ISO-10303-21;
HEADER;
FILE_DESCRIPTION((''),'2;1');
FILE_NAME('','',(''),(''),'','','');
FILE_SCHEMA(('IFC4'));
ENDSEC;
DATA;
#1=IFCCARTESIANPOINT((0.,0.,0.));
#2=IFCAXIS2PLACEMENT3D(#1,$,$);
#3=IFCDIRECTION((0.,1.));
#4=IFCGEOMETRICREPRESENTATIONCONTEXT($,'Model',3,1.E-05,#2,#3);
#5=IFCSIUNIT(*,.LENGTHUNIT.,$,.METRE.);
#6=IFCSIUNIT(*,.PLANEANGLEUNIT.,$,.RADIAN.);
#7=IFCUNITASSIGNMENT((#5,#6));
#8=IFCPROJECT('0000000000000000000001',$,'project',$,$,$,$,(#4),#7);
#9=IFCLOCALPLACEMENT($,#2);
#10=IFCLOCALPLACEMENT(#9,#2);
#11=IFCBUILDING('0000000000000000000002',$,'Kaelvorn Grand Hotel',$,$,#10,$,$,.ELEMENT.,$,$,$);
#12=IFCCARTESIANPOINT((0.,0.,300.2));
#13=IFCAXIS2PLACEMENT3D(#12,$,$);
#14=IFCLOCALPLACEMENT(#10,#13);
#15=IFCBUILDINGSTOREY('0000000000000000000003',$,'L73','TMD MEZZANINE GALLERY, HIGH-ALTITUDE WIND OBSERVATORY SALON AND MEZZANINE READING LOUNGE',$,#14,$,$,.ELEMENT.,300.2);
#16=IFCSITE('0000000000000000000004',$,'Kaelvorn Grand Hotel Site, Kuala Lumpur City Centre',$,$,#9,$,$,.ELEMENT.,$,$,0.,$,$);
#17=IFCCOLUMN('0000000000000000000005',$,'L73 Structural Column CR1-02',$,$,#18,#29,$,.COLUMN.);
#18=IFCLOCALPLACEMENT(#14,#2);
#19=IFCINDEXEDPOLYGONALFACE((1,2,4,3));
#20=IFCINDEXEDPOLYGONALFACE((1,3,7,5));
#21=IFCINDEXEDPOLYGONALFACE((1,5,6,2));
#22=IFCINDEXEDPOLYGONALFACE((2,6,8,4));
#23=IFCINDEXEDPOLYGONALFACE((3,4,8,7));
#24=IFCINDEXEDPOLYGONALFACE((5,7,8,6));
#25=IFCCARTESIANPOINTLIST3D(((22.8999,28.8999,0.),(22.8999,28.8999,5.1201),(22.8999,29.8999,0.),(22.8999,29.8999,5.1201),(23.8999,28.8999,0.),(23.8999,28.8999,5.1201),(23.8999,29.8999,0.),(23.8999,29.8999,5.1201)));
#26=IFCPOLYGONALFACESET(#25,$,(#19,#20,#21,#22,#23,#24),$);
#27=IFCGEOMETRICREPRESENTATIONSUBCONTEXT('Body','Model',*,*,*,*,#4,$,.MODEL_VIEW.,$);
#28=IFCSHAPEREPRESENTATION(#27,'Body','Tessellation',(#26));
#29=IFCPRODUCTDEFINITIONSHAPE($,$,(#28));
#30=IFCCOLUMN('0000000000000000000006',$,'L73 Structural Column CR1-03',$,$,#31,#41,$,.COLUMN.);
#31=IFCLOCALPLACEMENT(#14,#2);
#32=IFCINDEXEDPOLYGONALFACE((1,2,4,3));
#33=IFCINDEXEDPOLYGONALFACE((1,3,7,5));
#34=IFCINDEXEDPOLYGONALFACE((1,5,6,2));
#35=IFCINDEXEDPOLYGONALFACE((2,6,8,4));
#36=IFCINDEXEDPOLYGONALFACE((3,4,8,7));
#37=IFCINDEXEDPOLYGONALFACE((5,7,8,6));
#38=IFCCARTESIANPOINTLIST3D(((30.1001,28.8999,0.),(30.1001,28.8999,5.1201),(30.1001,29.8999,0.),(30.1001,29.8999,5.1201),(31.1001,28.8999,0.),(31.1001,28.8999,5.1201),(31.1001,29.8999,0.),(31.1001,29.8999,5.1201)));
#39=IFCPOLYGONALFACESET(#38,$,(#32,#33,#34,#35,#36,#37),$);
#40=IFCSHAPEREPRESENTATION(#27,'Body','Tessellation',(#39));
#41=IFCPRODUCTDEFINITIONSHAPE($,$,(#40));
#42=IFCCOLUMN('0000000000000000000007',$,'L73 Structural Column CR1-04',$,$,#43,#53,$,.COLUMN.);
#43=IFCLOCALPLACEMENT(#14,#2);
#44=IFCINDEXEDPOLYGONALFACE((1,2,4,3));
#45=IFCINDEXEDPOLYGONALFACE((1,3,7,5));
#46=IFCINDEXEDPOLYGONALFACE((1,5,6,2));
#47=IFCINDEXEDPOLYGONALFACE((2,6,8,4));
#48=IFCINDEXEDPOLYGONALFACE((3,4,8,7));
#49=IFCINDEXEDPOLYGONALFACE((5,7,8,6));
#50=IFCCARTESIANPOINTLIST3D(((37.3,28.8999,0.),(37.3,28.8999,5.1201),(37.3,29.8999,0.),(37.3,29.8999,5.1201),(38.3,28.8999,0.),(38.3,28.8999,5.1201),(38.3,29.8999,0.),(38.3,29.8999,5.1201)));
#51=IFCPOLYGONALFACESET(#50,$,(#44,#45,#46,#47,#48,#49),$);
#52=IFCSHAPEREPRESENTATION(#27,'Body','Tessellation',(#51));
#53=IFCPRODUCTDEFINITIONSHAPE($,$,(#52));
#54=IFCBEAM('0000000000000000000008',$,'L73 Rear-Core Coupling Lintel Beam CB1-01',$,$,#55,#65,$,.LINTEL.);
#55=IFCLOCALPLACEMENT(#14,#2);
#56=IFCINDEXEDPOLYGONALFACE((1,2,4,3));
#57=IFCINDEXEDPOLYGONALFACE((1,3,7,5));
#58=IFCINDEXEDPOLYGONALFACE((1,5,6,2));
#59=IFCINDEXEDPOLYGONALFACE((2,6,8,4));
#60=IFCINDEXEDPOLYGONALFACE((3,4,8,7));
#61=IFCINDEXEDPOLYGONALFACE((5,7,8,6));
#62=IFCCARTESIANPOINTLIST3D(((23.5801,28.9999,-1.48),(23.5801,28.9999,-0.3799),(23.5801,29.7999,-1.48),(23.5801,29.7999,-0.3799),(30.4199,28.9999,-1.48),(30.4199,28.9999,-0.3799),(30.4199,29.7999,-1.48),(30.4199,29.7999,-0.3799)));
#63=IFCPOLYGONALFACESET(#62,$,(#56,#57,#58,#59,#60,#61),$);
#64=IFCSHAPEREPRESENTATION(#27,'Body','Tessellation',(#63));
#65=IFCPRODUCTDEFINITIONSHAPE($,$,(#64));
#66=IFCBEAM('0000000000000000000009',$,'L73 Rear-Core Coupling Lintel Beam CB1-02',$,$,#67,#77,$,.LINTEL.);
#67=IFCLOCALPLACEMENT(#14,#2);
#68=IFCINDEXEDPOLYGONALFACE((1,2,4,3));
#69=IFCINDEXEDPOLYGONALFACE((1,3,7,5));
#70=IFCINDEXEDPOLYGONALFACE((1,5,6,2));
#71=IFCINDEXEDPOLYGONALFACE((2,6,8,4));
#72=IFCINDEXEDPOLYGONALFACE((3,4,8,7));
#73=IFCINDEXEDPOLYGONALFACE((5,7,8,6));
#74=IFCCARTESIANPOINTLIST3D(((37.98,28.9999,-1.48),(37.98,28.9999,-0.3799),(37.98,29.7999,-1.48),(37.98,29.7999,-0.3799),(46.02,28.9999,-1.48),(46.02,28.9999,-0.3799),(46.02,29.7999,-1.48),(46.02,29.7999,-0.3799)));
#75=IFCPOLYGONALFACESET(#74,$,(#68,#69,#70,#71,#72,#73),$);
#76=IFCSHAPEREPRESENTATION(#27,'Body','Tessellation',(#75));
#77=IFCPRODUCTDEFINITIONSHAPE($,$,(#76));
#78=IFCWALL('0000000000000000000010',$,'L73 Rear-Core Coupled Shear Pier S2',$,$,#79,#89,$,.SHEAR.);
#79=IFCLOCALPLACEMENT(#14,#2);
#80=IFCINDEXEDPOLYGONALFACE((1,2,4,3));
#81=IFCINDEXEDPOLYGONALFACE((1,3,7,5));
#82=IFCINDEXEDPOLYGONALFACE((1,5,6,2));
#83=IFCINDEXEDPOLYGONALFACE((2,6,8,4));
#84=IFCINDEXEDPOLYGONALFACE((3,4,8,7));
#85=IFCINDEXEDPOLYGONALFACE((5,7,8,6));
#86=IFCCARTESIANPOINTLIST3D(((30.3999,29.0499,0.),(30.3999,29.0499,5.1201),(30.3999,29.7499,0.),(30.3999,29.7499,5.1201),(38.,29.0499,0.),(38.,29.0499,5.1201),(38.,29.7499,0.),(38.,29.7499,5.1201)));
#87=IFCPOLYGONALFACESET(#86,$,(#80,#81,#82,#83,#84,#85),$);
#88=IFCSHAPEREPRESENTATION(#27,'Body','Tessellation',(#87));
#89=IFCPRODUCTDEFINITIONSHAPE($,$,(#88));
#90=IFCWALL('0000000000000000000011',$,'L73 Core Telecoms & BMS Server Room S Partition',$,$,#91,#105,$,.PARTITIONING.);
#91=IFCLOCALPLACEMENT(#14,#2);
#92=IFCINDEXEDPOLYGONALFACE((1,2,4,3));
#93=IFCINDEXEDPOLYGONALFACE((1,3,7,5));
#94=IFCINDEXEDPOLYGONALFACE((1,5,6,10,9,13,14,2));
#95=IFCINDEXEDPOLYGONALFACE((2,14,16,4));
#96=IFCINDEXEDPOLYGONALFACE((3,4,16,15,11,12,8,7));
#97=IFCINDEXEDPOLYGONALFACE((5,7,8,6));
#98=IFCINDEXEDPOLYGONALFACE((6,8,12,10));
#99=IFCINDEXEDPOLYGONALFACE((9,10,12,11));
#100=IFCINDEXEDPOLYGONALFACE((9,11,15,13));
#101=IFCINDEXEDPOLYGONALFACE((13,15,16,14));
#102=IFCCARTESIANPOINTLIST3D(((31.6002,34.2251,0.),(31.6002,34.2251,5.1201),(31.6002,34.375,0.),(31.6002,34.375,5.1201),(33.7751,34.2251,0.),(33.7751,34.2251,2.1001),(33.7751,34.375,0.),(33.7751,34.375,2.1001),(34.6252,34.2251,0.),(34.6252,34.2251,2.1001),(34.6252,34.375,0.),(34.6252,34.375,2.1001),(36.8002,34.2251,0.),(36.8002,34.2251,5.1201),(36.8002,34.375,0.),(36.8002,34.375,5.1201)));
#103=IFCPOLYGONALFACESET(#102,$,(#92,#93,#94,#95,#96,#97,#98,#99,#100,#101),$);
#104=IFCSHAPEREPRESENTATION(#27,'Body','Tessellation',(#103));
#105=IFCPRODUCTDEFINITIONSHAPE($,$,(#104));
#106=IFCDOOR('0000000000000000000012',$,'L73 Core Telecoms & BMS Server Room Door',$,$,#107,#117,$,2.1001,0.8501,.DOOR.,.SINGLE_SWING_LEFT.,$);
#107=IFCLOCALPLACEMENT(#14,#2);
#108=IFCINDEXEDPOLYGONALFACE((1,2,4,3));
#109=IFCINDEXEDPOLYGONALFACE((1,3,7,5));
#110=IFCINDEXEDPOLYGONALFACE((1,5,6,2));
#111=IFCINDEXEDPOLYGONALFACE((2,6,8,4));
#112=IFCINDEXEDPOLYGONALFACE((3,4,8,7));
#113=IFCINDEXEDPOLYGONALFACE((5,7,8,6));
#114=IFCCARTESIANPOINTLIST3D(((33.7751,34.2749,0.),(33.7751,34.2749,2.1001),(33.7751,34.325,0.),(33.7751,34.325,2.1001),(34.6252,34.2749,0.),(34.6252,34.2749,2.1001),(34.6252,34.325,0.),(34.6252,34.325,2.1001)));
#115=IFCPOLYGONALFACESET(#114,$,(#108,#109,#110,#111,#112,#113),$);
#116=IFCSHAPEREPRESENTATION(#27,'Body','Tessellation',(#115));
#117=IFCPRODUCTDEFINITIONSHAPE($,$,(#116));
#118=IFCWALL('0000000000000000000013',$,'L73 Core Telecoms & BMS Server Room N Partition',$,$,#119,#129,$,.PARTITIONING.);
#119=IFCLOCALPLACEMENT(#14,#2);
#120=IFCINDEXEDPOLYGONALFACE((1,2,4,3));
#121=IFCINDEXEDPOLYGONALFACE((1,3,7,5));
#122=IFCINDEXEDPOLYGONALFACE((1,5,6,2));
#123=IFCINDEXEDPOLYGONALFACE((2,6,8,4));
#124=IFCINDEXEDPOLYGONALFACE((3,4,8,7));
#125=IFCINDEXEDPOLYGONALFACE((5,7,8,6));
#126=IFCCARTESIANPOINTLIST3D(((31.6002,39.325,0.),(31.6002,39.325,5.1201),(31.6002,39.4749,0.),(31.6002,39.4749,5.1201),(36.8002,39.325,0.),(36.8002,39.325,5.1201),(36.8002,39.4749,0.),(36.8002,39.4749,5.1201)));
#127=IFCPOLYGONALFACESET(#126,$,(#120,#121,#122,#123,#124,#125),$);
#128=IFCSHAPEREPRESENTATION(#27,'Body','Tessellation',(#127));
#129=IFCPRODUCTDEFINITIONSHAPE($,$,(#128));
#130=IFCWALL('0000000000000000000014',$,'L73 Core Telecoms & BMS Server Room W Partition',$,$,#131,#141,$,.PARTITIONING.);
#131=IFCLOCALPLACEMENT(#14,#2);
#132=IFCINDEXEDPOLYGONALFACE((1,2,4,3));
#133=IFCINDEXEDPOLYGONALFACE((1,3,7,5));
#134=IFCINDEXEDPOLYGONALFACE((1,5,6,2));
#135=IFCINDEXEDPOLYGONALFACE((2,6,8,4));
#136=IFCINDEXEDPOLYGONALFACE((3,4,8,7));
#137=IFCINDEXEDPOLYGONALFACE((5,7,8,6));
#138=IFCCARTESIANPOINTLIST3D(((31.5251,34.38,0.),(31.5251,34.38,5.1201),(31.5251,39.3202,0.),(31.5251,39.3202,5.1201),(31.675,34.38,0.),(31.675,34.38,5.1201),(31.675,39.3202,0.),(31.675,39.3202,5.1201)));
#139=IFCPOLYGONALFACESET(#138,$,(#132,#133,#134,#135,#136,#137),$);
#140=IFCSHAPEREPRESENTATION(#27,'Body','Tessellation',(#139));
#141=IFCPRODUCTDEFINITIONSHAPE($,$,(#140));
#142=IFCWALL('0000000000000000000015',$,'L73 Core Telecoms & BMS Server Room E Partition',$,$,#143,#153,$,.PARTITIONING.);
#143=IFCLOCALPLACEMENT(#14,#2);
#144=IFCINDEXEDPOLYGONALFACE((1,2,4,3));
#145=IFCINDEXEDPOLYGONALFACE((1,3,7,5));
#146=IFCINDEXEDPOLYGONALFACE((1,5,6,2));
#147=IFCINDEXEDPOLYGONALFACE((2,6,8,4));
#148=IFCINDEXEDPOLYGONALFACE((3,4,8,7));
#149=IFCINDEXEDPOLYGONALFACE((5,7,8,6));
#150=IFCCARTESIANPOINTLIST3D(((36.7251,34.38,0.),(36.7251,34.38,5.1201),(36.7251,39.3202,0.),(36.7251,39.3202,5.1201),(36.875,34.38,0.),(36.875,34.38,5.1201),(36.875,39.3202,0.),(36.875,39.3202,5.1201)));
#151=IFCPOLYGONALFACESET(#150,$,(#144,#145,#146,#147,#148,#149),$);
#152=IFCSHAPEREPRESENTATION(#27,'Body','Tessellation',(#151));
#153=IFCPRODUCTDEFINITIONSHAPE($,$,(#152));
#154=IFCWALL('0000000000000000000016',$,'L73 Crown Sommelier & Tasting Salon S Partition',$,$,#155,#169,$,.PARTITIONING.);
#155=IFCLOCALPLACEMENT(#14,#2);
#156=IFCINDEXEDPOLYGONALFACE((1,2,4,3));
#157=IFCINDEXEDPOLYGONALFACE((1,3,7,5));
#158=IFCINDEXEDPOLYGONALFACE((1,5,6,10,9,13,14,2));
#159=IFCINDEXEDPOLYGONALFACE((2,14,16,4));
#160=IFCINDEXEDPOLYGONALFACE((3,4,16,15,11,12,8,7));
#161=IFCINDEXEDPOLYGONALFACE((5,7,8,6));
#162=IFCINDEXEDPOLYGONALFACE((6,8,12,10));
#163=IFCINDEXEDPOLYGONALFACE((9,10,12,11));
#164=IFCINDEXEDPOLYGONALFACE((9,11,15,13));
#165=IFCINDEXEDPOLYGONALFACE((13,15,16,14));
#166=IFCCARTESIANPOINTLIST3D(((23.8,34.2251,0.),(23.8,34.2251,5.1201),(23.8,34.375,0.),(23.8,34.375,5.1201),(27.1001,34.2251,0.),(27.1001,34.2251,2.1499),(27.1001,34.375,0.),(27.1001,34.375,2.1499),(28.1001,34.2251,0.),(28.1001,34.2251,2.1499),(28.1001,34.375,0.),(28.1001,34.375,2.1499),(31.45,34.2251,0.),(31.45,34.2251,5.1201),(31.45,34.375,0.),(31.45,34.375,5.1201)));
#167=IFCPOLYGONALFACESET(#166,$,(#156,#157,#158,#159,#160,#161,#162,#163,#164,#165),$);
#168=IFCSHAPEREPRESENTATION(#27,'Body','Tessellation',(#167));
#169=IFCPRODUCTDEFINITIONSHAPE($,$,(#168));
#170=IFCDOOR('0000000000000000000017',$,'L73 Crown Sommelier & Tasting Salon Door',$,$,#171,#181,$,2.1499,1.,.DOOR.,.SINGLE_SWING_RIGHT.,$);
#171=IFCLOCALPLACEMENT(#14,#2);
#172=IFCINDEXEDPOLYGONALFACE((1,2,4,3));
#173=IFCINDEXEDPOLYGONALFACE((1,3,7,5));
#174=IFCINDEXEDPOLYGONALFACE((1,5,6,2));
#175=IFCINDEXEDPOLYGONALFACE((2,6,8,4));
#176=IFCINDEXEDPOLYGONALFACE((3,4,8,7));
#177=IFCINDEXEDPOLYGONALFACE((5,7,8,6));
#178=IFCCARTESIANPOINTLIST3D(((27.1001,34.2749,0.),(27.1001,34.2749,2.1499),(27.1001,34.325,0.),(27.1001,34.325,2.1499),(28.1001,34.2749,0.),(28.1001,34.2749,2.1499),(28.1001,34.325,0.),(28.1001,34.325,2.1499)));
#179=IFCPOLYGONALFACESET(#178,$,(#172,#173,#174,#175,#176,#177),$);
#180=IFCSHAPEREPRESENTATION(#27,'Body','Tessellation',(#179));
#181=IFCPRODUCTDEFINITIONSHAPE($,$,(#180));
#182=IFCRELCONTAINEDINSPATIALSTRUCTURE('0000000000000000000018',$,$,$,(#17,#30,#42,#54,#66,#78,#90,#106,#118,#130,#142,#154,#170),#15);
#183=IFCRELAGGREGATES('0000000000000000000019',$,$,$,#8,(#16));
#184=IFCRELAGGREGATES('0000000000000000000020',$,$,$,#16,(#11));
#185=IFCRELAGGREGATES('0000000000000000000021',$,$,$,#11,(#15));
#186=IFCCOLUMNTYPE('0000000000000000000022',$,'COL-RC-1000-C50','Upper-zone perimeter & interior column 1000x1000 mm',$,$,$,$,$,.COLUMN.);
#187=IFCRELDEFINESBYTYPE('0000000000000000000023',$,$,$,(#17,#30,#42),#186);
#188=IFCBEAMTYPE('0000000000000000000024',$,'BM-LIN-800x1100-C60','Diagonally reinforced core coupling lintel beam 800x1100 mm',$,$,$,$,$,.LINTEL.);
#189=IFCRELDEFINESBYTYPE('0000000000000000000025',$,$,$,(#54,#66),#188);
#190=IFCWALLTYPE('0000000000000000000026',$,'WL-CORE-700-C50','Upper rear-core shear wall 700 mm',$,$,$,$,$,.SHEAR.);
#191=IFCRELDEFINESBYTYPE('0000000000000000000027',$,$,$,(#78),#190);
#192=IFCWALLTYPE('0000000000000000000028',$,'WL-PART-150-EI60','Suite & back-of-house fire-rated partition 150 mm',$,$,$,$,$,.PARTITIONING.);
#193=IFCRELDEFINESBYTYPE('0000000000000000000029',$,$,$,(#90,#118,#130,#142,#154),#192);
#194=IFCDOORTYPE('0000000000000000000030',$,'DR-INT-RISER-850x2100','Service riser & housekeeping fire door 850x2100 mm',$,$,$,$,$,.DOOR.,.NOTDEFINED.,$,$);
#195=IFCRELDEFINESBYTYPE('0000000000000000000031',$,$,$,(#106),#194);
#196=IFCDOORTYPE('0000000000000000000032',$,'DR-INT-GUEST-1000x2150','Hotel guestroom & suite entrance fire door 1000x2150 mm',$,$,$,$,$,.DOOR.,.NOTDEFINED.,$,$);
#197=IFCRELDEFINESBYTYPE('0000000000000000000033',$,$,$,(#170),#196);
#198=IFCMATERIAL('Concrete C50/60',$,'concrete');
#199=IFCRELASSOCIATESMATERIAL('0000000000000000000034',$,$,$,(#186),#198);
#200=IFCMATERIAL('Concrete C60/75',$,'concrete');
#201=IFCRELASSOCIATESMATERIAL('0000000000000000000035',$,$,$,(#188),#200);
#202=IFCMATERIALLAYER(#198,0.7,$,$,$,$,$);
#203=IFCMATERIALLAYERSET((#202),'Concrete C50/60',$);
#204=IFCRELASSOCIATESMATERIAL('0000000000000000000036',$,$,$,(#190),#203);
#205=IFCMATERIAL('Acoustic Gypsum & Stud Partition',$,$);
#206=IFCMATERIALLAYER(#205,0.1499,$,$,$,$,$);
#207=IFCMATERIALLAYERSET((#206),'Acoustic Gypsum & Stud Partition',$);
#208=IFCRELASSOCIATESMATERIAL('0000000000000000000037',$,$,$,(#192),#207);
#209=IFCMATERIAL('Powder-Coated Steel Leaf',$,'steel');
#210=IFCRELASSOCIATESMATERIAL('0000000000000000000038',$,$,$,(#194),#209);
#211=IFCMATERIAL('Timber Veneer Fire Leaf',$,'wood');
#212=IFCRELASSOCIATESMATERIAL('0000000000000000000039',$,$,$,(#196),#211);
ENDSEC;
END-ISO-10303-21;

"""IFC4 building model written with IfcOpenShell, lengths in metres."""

from ifc_helpers import new_model, si_unit, direction, frame, frame_2d, origin, origin_2d, place, context, subcontext, project, spatial, rectangle, extrude, material, layer, layer_set, material_profile, profile_set, type_object, element, fill, save


model = new_model("IFC4")

# Units and contexts
model_context = context("Model", 3, precision=1e-05, world=origin(), true_north=direction((0.0, 1.0)))
body_context = subcontext(model_context, "Body", "Model", "MODEL_VIEW")
ifc_project = project(units=[si_unit("LENGTHUNIT", "METRE"), si_unit("PLANEANGLEUNIT", "RADIAN")], contexts=[model_context])

# Site, building, storey
site_placement = place(None, origin())
site = spatial("IfcSite", under=ifc_project, at=site_placement, Name="Kaelvorn Grand Hotel Site, Kuala Lumpur City Centre", CompositionType="ELEMENT", RefElevation=0.0)
building_placement = place(site_placement, origin())
building = spatial("IfcBuilding", under=site, at=building_placement, Name="Kaelvorn Grand Hotel", CompositionType="ELEMENT")
storey_placement = place(building_placement, frame((0.0, 0.0, 300.2)))
storey = spatial("IfcBuildingStorey", under=building, at=storey_placement, Name="L73", Description="TMD MEZZANINE GALLERY, HIGH-ALTITUDE WIND OBSERVATORY SALON AND MEZZANINE READING LOUNGE", CompositionType="ELEMENT", Elevation=300.2)

# Columns
ifc_material_1 = material(Name="Concrete C50/60", Category="concrete")
ifc_material_profile_1 = material_profile(ifc_material_1, rectangle(XDim=1.0, YDim=1.0, at=origin_2d()), Name="RC COL 1000x1000")
ifc_profile_set_1 = profile_set([ifc_material_profile_1], Name="Concrete C50/60")
column_type = type_object("IfcColumnType", Name="COL-RC-1000-C50", Description="Upper-zone perimeter & interior column 1000x1000 mm", PredefinedType="COLUMN", material=ifc_profile_set_1)
for number, where, z_axis, x_axis, name in (
    (1, (23.3999, 29.3999, 0.0), (0.0, 0.0, 1.0), (1.0, 0.0, 0.0), "L73 Structural Column CR1-02"),
    (2, (30.6001, 29.3999, 0.0), (0.0, 0.0, 1.0), (1.0, 0.0, 0.0), "L73 Structural Column CR1-03"),
    (3, (37.8, 29.3999, 0.0), (0.0, 0.0, 1.0), (1.0, 0.0, 0.0), "L73 Structural Column CR1-04"),
):
    element("IfcColumn", number, at=place(storey_placement, frame(where, z_axis=z_axis, x_axis=x_axis)), inside=storey, type_object=column_type, Name=name, PredefinedType="COLUMN", context=body_context, shape_type="SweptSolid", body=[
        extrude(rectangle(XDim=1.0, YDim=1.0, at=origin_2d()), origin(), (0.0, 0.0, 1.0), 5.1201),
    ])

# Beams
ifc_material_2 = material(Name="Concrete C60/75", Category="concrete")
ifc_material_profile_2 = material_profile(ifc_material_2, rectangle(XDim=0.8, YDim=1.1001, at=origin_2d()), Name="RC LINTEL 800x1100")
ifc_profile_set_2 = profile_set([ifc_material_profile_2], Name="Concrete C60/75")
beam_type = type_object("IfcBeamType", Name="BM-LIN-800x1100-C60", Description="Diagonally reinforced core coupling lintel beam 800x1100 mm", PredefinedType="LINTEL", material=ifc_profile_set_2)
beam_1_placement = place(storey_placement, frame((23.5801, 29.3999, -0.9299), z_axis=(1.0, 0.0, 0.0), x_axis=(0.0, 1.0, 0.0)))
element("IfcBeam", 4, at=beam_1_placement, inside=storey, type_object=beam_type, Name="L73 Rear-Core Coupling Lintel Beam CB1-01", PredefinedType="LINTEL", context=body_context, shape_type="SweptSolid", body=[
    extrude(rectangle(XDim=0.8, YDim=1.1001, at=origin_2d()), origin(), (0.0, 0.0, 1.0), 6.8398),
])
beam_2_placement = place(storey_placement, frame((37.98, 29.3999, -0.9299), z_axis=(1.0, 0.0, 0.0), x_axis=(0.0, 1.0, 0.0)))
element("IfcBeam", 5, at=beam_2_placement, inside=storey, type_object=beam_type, Name="L73 Rear-Core Coupling Lintel Beam CB1-02", PredefinedType="LINTEL", context=body_context, shape_type="SweptSolid", body=[
    extrude(rectangle(XDim=0.8, YDim=1.1001, at=origin_2d()), origin(), (0.0, 0.0, 1.0), 8.04),
])

# Wall
ifc_layer_1 = layer(ifc_material_1, 0.7)
ifc_layer_set_1 = layer_set([ifc_layer_1], Name="Concrete C50/60")
wall_type_1 = type_object("IfcWallType", Name="WL-CORE-700-C50", Description="Upper rear-core shear wall 700 mm", PredefinedType="SHEAR", material=ifc_layer_set_1)
wall_1_placement = place(storey_placement, frame((30.3999, 29.3999, 0.0), z_axis=(0.0, 0.0, 1.0), x_axis=(1.0, 0.0, 0.0)))
element("IfcWall", 6, at=wall_1_placement, inside=storey, type_object=wall_type_1, Name="L73 Rear-Core Coupled Shear Pier S2", PredefinedType="SHEAR", context=body_context, shape_type="SweptSolid", body=[
    extrude(rectangle(XDim=7.6001, YDim=0.7, at=frame_2d((3.8, 0.0))), origin(), (0.0, 0.0, 1.0), 5.1201),
])

# Wall, opening, door
ifc_material_3 = material(Name="Acoustic Gypsum & Stud Partition")
ifc_layer_2 = layer(ifc_material_3, 0.1499)
ifc_layer_set_2 = layer_set([ifc_layer_2], Name="Acoustic Gypsum & Stud Partition")
wall_type_2 = type_object("IfcWallType", Name="WL-PART-150-EI60", Description="Suite & back-of-house fire-rated partition 150 mm", PredefinedType="PARTITIONING", material=ifc_layer_set_2)
wall_2_placement = place(storey_placement, frame((31.6001, 34.3, 0.0), z_axis=(0.0, 0.0, 1.0), x_axis=(1.0, 0.0, 0.0)))
wall_2 = element("IfcWall", 7, at=wall_2_placement, inside=storey, type_object=wall_type_2, Name="L73 Core Telecoms & BMS Server Room S Partition", PredefinedType="PARTITIONING", context=body_context, shape_type="SweptSolid", body=[
    extrude(rectangle(XDim=5.2, YDim=0.1499, at=frame_2d((2.6001, 0.0))), origin(), (0.0, 0.0, 1.0), 5.1201),
])
opening_1_placement = place(wall_2_placement, frame((2.175, 0.0, 0.0)))
opening_1 = element("IfcOpeningElement", 8, at=opening_1_placement, cuts=wall_2, PredefinedType="OPENING", context=body_context, shape_type="SweptSolid", body=[
    extrude(rectangle(XDim=0.8501, YDim=2.1001, at=frame_2d((0.425, 1.05))), frame((0.0, 0.085, 0.0), z_axis=(0.0, -1.0, 0.0), x_axis=(1.0, 0.0, 0.0)), (0.0, 0.0, 1.0), 0.1699),
])
ifc_material_4 = material(Name="Powder-Coated Steel Leaf", Category="steel")
door_type_1 = type_object("IfcDoorType", Name="DR-INT-RISER-850x2100", Description="Service riser & housekeeping fire door 850x2100 mm", OperationType="NOTDEFINED", PredefinedType="DOOR", material=ifc_material_4)
door_1_placement = place(opening_1_placement, origin())
door_1 = element("IfcDoor", 9, at=door_1_placement, inside=storey, type_object=door_type_1, Name="L73 Core Telecoms & BMS Server Room Door", OperationType="SINGLE_SWING_LEFT", OverallHeight=2.1001, OverallWidth=0.8501, PredefinedType="DOOR", context=body_context, shape_type="SweptSolid", body=[
    extrude(rectangle(XDim=0.8501, YDim=2.1001, at=frame_2d((0.425, 1.05))), frame((0.0, 0.0249, 0.0), z_axis=(0.0, -1.0, 0.0), x_axis=(1.0, 0.0, 0.0)), (0.0, 0.0, 1.0), 0.05),
])
fill(opening_1, door_1)

# Walls
wall_3_placement = place(storey_placement, frame((31.6001, 39.3999, 0.0), z_axis=(0.0, 0.0, 1.0), x_axis=(1.0, 0.0, 0.0)))
element("IfcWall", 10, at=wall_3_placement, inside=storey, type_object=wall_type_2, Name="L73 Core Telecoms & BMS Server Room N Partition", PredefinedType="PARTITIONING", context=body_context, shape_type="SweptSolid", body=[
    extrude(rectangle(XDim=5.2, YDim=0.1499, at=frame_2d((2.6001, 0.0))), origin(), (0.0, 0.0, 1.0), 5.1201),
])
for number, where, z_axis, x_axis, name in (
    (11, (31.6001, 34.3799, 0.0), (0.0, 0.0, 1.0), (0.0, 1.0, 0.0), "L73 Core Telecoms & BMS Server Room W Partition"),
    (12, (36.8, 34.3799, 0.0), (0.0, 0.0, 1.0), (0.0, 1.0, 0.0), "L73 Core Telecoms & BMS Server Room E Partition"),
):
    element("IfcWall", number, at=place(storey_placement, frame(where, z_axis=z_axis, x_axis=x_axis)), inside=storey, type_object=wall_type_2, Name=name, PredefinedType="PARTITIONING", context=body_context, shape_type="SweptSolid", body=[
        extrude(rectangle(XDim=4.9402, YDim=0.1499, at=frame_2d((2.4702, 0.0))), origin(), (0.0, 0.0, 1.0), 5.1201),
    ])

# Wall, opening, door
wall_4_placement = place(storey_placement, frame((23.8, 34.3, 0.0), z_axis=(0.0, 0.0, 1.0), x_axis=(1.0, 0.0, 0.0)))
wall_4 = element("IfcWall", 13, at=wall_4_placement, inside=storey, type_object=wall_type_2, Name="L73 Crown Sommelier & Tasting Salon S Partition", PredefinedType="PARTITIONING", context=body_context, shape_type="SweptSolid", body=[
    extrude(rectangle(XDim=7.6499, YDim=0.1499, at=frame_2d((3.825, 0.0))), origin(), (0.0, 0.0, 1.0), 5.1201),
])
opening_2_placement = place(wall_4_placement, frame((3.3, 0.0, 0.0)))
opening_2 = element("IfcOpeningElement", 14, at=opening_2_placement, cuts=wall_4, PredefinedType="OPENING", context=body_context, shape_type="SweptSolid", body=[
    extrude(rectangle(XDim=1.0, YDim=2.1499, at=frame_2d((0.5, 1.075))), frame((0.0, 0.085, 0.0), z_axis=(0.0, -1.0, 0.0), x_axis=(1.0, 0.0, 0.0)), (0.0, 0.0, 1.0), 0.1699),
])
ifc_material_5 = material(Name="Timber Veneer Fire Leaf", Category="wood")
door_type_2 = type_object("IfcDoorType", Name="DR-INT-GUEST-1000x2150", Description="Hotel guestroom & suite entrance fire door 1000x2150 mm", OperationType="NOTDEFINED", PredefinedType="DOOR", material=ifc_material_5)
door_2_placement = place(opening_2_placement, origin())
door_2 = element("IfcDoor", 15, at=door_2_placement, inside=storey, type_object=door_type_2, Name="L73 Crown Sommelier & Tasting Salon Door", OperationType="SINGLE_SWING_RIGHT", OverallHeight=2.1499, OverallWidth=1.0, PredefinedType="DOOR", context=body_context, shape_type="SweptSolid", body=[
    extrude(rectangle(XDim=1.0, YDim=2.1499, at=frame_2d((0.5, 1.075))), frame((0.0, 0.0249, 0.0), z_axis=(0.0, -1.0, 0.0), x_axis=(1.0, 0.0, 0.0)), (0.0, 0.0, 1.0), 0.05),
])
fill(opening_2, door_2)

save(model, "model.ifc")
